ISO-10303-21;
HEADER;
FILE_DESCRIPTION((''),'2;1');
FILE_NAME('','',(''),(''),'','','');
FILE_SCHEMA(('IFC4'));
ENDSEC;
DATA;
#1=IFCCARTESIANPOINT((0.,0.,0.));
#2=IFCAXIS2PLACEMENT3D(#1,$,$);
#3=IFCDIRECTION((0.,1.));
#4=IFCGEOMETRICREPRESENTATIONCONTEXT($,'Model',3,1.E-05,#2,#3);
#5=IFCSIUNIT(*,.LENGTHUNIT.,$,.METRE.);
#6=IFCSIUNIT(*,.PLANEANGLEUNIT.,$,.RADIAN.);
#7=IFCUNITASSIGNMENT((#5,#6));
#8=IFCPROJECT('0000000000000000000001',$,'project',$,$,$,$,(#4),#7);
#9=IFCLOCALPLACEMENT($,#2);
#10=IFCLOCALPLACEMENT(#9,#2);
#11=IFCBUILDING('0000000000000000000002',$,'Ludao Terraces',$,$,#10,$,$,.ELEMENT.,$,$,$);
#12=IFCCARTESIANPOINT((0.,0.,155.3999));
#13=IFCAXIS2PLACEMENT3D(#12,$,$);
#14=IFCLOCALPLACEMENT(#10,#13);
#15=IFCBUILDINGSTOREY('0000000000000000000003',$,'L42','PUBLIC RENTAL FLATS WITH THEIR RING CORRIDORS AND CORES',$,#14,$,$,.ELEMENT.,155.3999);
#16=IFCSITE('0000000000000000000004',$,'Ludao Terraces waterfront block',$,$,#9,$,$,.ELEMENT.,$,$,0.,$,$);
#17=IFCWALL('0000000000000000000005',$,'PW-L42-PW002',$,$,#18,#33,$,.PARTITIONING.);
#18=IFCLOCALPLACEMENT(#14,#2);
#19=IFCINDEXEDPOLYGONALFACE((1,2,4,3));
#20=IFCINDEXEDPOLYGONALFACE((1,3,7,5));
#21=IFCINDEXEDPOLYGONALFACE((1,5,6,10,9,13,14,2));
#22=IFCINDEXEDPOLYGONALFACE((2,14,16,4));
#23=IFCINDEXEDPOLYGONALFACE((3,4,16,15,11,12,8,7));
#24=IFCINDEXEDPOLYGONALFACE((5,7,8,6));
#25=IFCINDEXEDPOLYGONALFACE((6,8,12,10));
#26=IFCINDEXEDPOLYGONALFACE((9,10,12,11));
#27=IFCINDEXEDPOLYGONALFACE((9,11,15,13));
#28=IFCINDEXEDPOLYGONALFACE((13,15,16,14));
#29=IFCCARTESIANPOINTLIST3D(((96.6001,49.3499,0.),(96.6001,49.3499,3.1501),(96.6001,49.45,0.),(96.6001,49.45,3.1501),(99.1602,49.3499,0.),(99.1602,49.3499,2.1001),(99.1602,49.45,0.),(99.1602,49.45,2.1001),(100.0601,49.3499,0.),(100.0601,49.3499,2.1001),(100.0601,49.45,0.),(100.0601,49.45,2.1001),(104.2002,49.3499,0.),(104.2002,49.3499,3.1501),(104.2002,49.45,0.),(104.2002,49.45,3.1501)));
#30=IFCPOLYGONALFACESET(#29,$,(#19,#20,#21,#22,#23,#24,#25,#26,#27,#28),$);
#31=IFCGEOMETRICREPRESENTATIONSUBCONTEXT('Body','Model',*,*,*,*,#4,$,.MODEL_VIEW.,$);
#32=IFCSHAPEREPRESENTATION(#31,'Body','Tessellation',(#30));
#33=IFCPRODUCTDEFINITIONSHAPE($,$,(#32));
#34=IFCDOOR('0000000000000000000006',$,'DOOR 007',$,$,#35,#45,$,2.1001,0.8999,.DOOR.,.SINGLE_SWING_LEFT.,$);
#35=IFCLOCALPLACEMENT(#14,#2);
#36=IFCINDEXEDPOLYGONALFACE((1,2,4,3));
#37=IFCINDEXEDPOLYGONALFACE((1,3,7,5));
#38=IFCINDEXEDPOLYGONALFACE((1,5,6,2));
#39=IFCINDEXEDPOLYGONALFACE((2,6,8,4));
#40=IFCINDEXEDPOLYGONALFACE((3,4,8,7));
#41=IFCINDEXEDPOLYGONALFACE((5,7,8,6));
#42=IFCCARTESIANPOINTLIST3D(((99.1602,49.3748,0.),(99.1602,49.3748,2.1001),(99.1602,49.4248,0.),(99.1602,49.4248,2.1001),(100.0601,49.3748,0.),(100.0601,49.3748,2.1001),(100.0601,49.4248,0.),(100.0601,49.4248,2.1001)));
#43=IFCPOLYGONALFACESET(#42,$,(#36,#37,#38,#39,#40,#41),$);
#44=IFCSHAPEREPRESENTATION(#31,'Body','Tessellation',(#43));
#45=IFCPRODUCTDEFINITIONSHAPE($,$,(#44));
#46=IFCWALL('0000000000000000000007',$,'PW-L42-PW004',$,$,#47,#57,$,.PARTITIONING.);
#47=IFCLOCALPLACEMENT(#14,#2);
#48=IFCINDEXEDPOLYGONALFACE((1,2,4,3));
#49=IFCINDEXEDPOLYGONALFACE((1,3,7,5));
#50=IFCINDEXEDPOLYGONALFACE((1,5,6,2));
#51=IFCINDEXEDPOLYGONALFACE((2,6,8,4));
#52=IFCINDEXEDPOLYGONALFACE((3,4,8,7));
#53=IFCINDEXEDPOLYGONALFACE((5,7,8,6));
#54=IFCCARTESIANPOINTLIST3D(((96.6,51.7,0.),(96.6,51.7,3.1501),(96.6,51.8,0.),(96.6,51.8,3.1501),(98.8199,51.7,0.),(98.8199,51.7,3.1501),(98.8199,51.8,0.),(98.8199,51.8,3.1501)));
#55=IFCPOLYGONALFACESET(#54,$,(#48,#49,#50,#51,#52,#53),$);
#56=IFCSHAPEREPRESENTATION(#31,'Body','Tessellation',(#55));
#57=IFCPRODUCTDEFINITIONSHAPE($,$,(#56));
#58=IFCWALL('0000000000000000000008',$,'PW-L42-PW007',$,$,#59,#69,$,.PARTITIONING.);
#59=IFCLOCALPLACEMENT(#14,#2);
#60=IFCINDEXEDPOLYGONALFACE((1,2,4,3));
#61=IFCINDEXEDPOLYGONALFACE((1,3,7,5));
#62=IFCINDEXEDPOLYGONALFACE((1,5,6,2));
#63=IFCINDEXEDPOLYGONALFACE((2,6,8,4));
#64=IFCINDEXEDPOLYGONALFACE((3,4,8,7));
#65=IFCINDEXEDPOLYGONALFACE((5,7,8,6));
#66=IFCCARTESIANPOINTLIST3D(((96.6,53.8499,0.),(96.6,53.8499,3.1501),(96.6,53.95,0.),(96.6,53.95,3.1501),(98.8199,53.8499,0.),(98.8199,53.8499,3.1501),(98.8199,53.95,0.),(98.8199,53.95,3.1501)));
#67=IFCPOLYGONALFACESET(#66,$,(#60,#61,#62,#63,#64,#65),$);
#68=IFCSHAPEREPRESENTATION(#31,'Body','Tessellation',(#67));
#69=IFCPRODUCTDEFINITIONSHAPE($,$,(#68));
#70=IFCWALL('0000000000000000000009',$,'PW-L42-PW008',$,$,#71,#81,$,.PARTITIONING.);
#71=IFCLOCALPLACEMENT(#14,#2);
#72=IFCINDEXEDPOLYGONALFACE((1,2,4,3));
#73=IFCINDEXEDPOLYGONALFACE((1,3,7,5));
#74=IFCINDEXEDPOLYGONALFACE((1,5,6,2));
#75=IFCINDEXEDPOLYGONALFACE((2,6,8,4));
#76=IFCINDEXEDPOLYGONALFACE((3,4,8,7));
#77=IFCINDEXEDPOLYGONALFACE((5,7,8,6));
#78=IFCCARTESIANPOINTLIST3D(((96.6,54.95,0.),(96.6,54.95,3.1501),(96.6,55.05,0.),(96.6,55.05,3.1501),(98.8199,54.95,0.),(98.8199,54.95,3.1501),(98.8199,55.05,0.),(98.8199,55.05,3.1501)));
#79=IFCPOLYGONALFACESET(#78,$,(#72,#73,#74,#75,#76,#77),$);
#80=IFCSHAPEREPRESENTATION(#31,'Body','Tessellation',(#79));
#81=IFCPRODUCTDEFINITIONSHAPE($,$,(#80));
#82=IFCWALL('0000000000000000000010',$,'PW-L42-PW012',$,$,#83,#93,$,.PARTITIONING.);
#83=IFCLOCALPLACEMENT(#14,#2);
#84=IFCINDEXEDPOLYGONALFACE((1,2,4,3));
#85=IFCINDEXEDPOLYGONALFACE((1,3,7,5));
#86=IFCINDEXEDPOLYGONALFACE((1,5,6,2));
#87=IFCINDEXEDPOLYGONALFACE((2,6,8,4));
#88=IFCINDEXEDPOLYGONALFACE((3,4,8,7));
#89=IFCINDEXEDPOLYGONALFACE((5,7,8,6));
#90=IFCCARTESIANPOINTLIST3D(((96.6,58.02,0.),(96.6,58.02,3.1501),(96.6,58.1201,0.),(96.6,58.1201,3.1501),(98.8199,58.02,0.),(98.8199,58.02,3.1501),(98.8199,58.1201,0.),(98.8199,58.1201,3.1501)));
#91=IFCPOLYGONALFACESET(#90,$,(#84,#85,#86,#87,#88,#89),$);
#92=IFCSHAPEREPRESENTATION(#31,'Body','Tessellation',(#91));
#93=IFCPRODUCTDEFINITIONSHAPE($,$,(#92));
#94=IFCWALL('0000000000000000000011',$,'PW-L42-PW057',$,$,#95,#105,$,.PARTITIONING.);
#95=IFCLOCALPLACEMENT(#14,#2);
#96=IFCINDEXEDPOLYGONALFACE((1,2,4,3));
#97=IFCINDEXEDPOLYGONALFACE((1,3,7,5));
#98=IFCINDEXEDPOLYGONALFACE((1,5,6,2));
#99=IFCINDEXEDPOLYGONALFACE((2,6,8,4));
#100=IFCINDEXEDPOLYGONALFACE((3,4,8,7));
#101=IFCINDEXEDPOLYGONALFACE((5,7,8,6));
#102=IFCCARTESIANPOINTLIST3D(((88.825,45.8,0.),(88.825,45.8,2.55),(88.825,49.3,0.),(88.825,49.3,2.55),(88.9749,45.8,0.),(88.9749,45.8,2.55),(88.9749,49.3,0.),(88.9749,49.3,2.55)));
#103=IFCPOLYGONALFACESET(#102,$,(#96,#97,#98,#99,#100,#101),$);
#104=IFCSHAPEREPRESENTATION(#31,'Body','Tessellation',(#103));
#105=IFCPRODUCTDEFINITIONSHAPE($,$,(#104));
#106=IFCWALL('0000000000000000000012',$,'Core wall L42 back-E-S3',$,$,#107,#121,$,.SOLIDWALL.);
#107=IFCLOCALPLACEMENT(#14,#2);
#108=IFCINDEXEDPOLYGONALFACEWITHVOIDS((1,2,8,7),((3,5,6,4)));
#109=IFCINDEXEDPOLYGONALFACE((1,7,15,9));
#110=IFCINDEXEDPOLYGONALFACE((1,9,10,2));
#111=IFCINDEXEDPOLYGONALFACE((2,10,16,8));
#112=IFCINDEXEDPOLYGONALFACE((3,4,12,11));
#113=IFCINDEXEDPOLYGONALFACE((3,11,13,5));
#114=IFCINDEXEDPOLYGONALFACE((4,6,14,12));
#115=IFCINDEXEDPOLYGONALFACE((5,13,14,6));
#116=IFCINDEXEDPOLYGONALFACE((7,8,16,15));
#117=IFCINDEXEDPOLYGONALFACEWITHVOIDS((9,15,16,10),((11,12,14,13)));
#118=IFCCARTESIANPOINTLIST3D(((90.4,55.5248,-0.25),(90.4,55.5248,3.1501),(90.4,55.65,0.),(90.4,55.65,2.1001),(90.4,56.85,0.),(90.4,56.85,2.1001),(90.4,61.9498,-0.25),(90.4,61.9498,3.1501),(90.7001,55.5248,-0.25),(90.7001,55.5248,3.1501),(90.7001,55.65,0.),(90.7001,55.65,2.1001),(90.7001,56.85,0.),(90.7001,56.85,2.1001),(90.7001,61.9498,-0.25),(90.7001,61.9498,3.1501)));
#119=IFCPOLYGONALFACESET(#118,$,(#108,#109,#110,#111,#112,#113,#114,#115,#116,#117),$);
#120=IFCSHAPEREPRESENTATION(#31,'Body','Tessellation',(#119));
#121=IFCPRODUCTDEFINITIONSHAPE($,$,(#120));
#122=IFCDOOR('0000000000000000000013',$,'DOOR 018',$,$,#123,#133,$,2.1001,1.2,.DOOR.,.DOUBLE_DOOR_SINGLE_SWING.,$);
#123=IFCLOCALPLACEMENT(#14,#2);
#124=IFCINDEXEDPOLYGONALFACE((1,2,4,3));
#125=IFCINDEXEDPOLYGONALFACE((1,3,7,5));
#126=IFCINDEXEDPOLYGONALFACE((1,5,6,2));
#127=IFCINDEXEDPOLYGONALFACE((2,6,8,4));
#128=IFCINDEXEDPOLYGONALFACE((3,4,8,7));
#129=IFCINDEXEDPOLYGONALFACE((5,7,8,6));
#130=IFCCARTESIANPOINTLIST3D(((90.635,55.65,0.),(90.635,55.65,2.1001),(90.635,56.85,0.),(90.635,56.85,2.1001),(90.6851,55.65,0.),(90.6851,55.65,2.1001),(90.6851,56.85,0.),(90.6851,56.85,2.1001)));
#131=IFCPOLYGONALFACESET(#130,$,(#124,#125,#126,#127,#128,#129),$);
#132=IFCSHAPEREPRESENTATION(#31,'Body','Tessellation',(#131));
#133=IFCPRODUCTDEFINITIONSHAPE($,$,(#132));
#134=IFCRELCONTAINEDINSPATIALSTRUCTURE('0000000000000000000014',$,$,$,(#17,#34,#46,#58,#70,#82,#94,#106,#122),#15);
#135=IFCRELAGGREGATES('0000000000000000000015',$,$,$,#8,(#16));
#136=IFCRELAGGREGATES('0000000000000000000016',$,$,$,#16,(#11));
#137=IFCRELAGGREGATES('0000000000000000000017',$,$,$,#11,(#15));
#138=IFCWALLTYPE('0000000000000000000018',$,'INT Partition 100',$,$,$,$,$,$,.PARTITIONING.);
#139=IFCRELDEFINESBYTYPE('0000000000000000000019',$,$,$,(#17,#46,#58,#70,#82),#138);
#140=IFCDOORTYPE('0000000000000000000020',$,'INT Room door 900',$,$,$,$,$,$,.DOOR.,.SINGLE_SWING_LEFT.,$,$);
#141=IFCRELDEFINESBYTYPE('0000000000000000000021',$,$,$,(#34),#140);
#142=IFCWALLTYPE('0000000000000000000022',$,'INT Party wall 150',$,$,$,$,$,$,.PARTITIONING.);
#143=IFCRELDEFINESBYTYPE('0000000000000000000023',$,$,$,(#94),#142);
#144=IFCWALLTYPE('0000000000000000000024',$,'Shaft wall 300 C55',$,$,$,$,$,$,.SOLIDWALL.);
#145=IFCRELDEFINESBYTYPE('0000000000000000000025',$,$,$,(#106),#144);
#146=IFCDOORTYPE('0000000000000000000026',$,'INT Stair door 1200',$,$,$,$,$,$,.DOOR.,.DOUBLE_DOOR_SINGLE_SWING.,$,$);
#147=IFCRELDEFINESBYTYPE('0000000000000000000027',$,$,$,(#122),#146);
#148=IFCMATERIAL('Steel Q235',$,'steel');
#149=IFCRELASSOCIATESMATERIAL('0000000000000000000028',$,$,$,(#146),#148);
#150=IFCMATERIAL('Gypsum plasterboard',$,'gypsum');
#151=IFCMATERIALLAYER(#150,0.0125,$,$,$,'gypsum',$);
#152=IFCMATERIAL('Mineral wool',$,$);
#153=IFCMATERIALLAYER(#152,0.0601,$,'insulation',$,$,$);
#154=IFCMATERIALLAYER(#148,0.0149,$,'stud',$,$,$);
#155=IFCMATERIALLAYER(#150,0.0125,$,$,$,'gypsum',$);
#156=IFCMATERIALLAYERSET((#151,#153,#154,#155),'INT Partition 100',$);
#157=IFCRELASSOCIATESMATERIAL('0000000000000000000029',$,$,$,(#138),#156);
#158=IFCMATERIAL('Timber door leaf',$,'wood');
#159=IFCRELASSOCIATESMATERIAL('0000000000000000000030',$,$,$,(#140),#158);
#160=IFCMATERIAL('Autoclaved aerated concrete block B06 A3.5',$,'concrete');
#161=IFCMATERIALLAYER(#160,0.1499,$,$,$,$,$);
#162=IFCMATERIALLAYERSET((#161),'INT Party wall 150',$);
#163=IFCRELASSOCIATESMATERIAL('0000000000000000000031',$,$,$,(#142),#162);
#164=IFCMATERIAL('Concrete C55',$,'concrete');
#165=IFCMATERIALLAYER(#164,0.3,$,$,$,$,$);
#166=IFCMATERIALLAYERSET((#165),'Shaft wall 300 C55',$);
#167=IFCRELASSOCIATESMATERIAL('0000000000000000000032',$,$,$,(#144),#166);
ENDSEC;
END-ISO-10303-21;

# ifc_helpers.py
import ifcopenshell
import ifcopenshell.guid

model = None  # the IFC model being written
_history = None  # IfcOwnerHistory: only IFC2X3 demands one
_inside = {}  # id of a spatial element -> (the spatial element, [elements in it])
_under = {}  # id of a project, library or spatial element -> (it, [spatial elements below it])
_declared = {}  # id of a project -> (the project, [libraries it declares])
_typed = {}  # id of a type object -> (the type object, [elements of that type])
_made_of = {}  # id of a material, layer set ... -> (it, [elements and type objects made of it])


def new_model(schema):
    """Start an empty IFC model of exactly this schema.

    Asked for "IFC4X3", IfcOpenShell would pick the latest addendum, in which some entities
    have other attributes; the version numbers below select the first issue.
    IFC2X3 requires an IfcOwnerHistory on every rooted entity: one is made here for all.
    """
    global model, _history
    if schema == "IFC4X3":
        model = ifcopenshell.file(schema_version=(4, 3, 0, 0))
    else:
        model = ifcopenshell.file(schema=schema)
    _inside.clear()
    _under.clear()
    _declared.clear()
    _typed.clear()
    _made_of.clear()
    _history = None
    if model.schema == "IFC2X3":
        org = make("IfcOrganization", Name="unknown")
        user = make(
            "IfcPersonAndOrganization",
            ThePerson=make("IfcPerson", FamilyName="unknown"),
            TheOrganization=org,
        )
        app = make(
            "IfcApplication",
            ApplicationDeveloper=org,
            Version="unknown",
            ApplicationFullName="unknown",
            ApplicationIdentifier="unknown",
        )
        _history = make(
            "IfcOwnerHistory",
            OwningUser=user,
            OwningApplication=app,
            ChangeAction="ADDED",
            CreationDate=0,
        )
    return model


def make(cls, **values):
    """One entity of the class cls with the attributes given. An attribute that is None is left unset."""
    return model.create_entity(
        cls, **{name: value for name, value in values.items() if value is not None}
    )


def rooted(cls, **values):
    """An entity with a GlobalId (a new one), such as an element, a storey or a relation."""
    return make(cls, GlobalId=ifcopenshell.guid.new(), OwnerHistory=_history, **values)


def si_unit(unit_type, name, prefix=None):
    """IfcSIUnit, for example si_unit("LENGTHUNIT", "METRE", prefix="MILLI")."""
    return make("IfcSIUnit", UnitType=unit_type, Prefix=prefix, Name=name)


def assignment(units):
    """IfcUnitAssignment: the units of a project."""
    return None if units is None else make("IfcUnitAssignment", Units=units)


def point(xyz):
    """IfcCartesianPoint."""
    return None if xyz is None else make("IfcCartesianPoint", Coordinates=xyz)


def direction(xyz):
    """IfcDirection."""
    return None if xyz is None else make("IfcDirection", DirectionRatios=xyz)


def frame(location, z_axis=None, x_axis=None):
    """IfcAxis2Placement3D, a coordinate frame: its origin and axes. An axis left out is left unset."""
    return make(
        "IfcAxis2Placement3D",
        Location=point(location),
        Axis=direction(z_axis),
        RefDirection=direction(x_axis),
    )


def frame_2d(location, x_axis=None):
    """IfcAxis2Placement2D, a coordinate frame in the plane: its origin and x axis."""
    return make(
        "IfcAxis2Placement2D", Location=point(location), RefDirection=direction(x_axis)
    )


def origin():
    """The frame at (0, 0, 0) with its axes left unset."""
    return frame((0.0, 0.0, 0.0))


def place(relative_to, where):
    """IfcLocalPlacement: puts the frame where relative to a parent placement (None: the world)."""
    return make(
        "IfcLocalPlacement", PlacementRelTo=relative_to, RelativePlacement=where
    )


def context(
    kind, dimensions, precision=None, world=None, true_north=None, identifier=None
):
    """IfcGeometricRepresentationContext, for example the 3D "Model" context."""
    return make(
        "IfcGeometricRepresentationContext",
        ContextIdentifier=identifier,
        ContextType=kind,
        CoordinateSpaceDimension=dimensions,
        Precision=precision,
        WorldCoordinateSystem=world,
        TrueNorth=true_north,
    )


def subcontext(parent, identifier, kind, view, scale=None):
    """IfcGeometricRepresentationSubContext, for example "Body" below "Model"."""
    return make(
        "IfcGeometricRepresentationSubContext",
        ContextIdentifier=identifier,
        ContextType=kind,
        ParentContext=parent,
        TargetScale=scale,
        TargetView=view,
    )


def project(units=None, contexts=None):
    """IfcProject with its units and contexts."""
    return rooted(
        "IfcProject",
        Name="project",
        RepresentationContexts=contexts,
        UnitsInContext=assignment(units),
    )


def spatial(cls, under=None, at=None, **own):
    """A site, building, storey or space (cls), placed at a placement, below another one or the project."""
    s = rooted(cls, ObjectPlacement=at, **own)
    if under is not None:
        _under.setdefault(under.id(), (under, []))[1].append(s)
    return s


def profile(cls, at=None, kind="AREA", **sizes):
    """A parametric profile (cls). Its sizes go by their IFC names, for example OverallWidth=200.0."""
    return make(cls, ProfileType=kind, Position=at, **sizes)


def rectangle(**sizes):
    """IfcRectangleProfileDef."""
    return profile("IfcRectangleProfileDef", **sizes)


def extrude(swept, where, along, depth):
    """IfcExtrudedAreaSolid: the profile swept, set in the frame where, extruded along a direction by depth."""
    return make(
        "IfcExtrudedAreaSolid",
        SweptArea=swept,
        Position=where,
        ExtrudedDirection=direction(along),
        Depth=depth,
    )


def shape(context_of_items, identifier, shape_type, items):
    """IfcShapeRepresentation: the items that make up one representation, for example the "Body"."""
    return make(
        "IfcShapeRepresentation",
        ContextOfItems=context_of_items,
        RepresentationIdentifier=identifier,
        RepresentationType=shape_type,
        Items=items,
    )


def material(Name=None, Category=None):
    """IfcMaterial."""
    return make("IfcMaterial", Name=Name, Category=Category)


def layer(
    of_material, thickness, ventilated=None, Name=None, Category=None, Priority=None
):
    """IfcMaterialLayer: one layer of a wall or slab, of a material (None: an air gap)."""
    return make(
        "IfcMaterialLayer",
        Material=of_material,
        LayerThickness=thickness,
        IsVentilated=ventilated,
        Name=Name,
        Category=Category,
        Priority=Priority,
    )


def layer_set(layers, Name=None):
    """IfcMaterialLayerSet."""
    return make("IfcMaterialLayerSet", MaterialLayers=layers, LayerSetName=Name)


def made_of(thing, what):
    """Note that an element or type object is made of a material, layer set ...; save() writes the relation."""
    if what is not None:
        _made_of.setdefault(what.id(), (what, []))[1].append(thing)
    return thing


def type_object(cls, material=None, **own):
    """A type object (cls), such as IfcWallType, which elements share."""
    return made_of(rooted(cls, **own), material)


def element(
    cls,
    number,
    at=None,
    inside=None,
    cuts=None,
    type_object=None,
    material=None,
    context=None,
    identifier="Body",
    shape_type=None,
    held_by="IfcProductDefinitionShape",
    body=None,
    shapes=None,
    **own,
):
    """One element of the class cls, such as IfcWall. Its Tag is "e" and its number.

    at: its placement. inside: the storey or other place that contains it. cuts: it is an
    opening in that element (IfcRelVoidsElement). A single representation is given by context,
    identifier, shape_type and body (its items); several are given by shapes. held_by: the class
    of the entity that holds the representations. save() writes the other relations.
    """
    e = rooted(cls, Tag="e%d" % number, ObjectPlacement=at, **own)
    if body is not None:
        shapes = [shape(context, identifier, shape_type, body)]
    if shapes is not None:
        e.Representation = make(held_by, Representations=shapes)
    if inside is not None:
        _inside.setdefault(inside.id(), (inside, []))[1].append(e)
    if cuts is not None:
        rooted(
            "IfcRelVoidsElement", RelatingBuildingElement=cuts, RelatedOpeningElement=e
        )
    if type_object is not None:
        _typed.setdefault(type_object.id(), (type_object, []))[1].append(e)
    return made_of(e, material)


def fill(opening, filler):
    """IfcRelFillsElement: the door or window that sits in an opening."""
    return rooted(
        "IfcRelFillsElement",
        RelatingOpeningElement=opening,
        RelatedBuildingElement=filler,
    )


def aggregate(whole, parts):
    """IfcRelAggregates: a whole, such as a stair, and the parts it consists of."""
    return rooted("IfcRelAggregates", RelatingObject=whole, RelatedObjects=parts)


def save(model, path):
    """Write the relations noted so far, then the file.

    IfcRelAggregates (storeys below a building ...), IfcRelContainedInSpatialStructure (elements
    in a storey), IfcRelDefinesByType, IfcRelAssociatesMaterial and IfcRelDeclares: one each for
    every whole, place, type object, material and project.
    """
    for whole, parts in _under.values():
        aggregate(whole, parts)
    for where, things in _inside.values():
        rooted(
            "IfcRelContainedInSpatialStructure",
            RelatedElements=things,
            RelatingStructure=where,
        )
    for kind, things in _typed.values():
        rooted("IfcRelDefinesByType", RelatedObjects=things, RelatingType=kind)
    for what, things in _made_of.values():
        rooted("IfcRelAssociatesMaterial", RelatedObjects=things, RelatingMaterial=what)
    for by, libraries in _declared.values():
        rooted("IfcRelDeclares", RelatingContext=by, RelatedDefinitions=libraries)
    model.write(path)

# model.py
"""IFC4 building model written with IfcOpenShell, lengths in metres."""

from ifc_helpers import new_model, si_unit, direction, frame, frame_2d, origin, place, context, subcontext, project, spatial, rectangle, extrude, material, layer, layer_set, type_object, element, fill, save


model = new_model("IFC4")

# Units and contexts
model_context = context("Model", 3, precision=1e-05, world=origin(), true_north=direction((0.0, 1.0)))
body_context = subcontext(model_context, "Body", "Model", "MODEL_VIEW")
ifc_project = project(units=[si_unit("LENGTHUNIT", "METRE"), si_unit("PLANEANGLEUNIT", "RADIAN")], contexts=[model_context])

# Site, building, storey
site_placement = place(None, origin())
site = spatial("IfcSite", under=ifc_project, at=site_placement, Name="Ludao Terraces waterfront block", CompositionType="ELEMENT", RefElevation=0.0)
building_placement = place(site_placement, origin())
building = spatial("IfcBuilding", under=site, at=building_placement, Name="Ludao Terraces", CompositionType="ELEMENT")
storey_placement = place(building_placement, frame((0.0, 0.0, 155.3999)))
storey = spatial("IfcBuildingStorey", under=building, at=storey_placement, Name="L42", Description="PUBLIC RENTAL FLATS WITH THEIR RING CORRIDORS AND CORES", CompositionType="ELEMENT", Elevation=155.3999)

# Shared definitions
ifc_material_1 = material(Name="Steel Q235", Category="steel")
door_type_1 = type_object("IfcDoorType", Name="INT Stair door 1200", OperationType="DOUBLE_DOOR_SINGLE_SWING", PredefinedType="DOOR", material=ifc_material_1)

# Shared definitions
ifc_material_2 = material(Name="Mineral wool")

# Wall, opening, door
ifc_material_3 = material(Name="Gypsum plasterboard", Category="gypsum")
ifc_layer_1 = layer(ifc_material_3, 0.0125, Category="gypsum")
ifc_layer_2 = layer(ifc_material_2, 0.0601, Name="insulation")
ifc_layer_3 = layer(ifc_material_1, 0.0149, Name="stud")
ifc_layer_4 = layer(ifc_material_3, 0.0125, Category="gypsum")
ifc_layer_set_1 = layer_set([ifc_layer_1, ifc_layer_2, ifc_layer_3, ifc_layer_4], Name="INT Partition 100")
wall_type_1 = type_object("IfcWallType", Name="INT Partition 100", PredefinedType="PARTITIONING", material=ifc_layer_set_1)
wall_1_placement = place(storey_placement, frame((96.6001, 49.3999, 0.0), z_axis=(0.0, 0.0, 1.0), x_axis=(1.0, 0.0, 0.0)))
wall_1 = element("IfcWall", 1, at=wall_1_placement, inside=storey, type_object=wall_type_1, Name="PW-L42-PW002", PredefinedType="PARTITIONING", context=body_context, shape_type="SweptSolid", body=[
    extrude(rectangle(XDim=7.6001, YDim=0.1001, at=frame_2d((3.8, 0.0))), origin(), (0.0, 0.0, 1.0), 3.1501),
])
opening_1_placement = place(wall_1_placement, frame((2.5601, 0.0, 0.0)))
opening_1 = element("IfcOpeningElement", 2, at=opening_1_placement, cuts=wall_1, PredefinedType="OPENING", context=body_context, shape_type="SweptSolid", body=[
    extrude(rectangle(XDim=0.8999, YDim=2.1001, at=frame_2d((0.45, 1.05))), frame((0.0, 0.0601, 0.0), z_axis=(0.0, -1.0, 0.0), x_axis=(1.0, 0.0, 0.0)), (0.0, 0.0, 1.0), 0.1201),
])
ifc_material_4 = material(Name="Timber door leaf", Category="wood")
door_type_2 = type_object("IfcDoorType", Name="INT Room door 900", OperationType="SINGLE_SWING_LEFT", PredefinedType="DOOR", material=ifc_material_4)
door_1_placement = place(opening_1_placement, origin())
door_1 = element("IfcDoor", 3, at=door_1_placement, inside=storey, type_object=door_type_2, Name="DOOR 007", OperationType="SINGLE_SWING_LEFT", OverallHeight=2.1001, OverallWidth=0.8999, PredefinedType="DOOR", context=body_context, shape_type="SweptSolid", body=[
    extrude(rectangle(XDim=0.8999, YDim=2.1001, at=frame_2d((0.45, 1.05))), frame((0.0, 0.0249, 0.0), z_axis=(0.0, -1.0, 0.0), x_axis=(1.0, 0.0, 0.0)), (0.0, 0.0, 1.0), 0.05),
])
fill(opening_1, door_1)

# Walls
for number, where, z_axis, x_axis, name in (
    (4, (96.6001, 51.75, 0.0), (0.0, 0.0, 1.0), (1.0, 0.0, 0.0), "PW-L42-PW004"),
    (5, (96.6001, 53.8999, 0.0), (0.0, 0.0, 1.0), (1.0, 0.0, 0.0), "PW-L42-PW007"),
    (6, (96.6001, 55.0, 0.0), (0.0, 0.0, 1.0), (1.0, 0.0, 0.0), "PW-L42-PW008"),
    (7, (96.6001, 58.0701, 0.0), (0.0, 0.0, 1.0), (1.0, 0.0, 0.0), "PW-L42-PW012"),
):
    element("IfcWall", number, at=place(storey_placement, frame(where, z_axis=z_axis, x_axis=x_axis)), inside=storey, type_object=wall_type_1, Name=name, PredefinedType="PARTITIONING", context=body_context, shape_type="SweptSolid", body=[
        extrude(rectangle(XDim=2.22, YDim=0.1001, at=frame_2d((1.1099, 0.0))), origin(), (0.0, 0.0, 1.0), 3.1501),
    ])
ifc_material_5 = material(Name="Autoclaved aerated concrete block B06 A3.5", Category="concrete")
ifc_layer_5 = layer(ifc_material_5, 0.1499)
ifc_layer_set_2 = layer_set([ifc_layer_5], Name="INT Party wall 150")
wall_type_2 = type_object("IfcWallType", Name="INT Party wall 150", PredefinedType="PARTITIONING", material=ifc_layer_set_2)
wall_2_placement = place(storey_placement, frame((88.8999, 45.8, 0.0), z_axis=(0.0, 0.0, 1.0), x_axis=(0.0, 1.0, 0.0)))
element("IfcWall", 8, at=wall_2_placement, inside=storey, type_object=wall_type_2, Name="PW-L42-PW057", PredefinedType="PARTITIONING", context=body_context, shape_type="SweptSolid", body=[
    extrude(rectangle(XDim=3.5, YDim=0.1499, at=frame_2d((1.75, 0.0))), origin(), (0.0, 0.0, 1.0), 2.55),
])

# Wall, opening, door
ifc_material_6 = material(Name="Concrete C55", Category="concrete")
ifc_layer_6 = layer(ifc_material_6, 0.3)
ifc_layer_set_3 = layer_set([ifc_layer_6], Name="Shaft wall 300 C55")
wall_type_3 = type_object("IfcWallType", Name="Shaft wall 300 C55", PredefinedType="SOLIDWALL", material=ifc_layer_set_3)
wall_3_placement = place(storey_placement, frame((90.55, 55.5249, -0.25), z_axis=(0.0, 0.0, 1.0), x_axis=(0.0, 1.0, 0.0)))
wall_3 = element("IfcWall", 9, at=wall_3_placement, inside=storey, type_object=wall_type_3, Name="Core wall L42 back-E-S3", PredefinedType="SOLIDWALL", context=body_context, shape_type="SweptSolid", body=[
    extrude(rectangle(XDim=6.425, YDim=0.3, at=frame_2d((3.2124, 0.0))), origin(), (0.0, 0.0, 1.0), 3.4001),
])
opening_2_placement = place(wall_3_placement, frame((0.125, 0.0, 0.25)))
opening_2 = element("IfcOpeningElement", 10, at=opening_2_placement, cuts=wall_3, PredefinedType="OPENING", context=body_context, shape_type="SweptSolid", body=[
    extrude(rectangle(XDim=1.2, YDim=2.1001, at=frame_2d((0.6001, 1.05))), frame((0.0, 0.1602, 0.0), z_axis=(0.0, -1.0, 0.0), x_axis=(1.0, 0.0, 0.0)), (0.0, 0.0, 1.0), 0.3201),
])
door_2_placement = place(opening_2_placement, origin())
door_2 = element("IfcDoor", 11, at=door_2_placement, inside=storey, type_object=door_type_1, Name="DOOR 018", OperationType="DOUBLE_DOOR_SINGLE_SWING", OverallHeight=2.1001, OverallWidth=1.2, PredefinedType="DOOR", context=body_context, shape_type="SweptSolid", body=[
    extrude(rectangle(XDim=1.2, YDim=2.1001, at=frame_2d((0.6001, 1.05))), frame((0.0, -0.085, 0.0), z_axis=(0.0, -1.0, 0.0), x_axis=(1.0, 0.0, 0.0)), (0.0, 0.0, 1.0), 0.05),
])
fill(opening_2, door_2)

save(model, "model.ifc")
